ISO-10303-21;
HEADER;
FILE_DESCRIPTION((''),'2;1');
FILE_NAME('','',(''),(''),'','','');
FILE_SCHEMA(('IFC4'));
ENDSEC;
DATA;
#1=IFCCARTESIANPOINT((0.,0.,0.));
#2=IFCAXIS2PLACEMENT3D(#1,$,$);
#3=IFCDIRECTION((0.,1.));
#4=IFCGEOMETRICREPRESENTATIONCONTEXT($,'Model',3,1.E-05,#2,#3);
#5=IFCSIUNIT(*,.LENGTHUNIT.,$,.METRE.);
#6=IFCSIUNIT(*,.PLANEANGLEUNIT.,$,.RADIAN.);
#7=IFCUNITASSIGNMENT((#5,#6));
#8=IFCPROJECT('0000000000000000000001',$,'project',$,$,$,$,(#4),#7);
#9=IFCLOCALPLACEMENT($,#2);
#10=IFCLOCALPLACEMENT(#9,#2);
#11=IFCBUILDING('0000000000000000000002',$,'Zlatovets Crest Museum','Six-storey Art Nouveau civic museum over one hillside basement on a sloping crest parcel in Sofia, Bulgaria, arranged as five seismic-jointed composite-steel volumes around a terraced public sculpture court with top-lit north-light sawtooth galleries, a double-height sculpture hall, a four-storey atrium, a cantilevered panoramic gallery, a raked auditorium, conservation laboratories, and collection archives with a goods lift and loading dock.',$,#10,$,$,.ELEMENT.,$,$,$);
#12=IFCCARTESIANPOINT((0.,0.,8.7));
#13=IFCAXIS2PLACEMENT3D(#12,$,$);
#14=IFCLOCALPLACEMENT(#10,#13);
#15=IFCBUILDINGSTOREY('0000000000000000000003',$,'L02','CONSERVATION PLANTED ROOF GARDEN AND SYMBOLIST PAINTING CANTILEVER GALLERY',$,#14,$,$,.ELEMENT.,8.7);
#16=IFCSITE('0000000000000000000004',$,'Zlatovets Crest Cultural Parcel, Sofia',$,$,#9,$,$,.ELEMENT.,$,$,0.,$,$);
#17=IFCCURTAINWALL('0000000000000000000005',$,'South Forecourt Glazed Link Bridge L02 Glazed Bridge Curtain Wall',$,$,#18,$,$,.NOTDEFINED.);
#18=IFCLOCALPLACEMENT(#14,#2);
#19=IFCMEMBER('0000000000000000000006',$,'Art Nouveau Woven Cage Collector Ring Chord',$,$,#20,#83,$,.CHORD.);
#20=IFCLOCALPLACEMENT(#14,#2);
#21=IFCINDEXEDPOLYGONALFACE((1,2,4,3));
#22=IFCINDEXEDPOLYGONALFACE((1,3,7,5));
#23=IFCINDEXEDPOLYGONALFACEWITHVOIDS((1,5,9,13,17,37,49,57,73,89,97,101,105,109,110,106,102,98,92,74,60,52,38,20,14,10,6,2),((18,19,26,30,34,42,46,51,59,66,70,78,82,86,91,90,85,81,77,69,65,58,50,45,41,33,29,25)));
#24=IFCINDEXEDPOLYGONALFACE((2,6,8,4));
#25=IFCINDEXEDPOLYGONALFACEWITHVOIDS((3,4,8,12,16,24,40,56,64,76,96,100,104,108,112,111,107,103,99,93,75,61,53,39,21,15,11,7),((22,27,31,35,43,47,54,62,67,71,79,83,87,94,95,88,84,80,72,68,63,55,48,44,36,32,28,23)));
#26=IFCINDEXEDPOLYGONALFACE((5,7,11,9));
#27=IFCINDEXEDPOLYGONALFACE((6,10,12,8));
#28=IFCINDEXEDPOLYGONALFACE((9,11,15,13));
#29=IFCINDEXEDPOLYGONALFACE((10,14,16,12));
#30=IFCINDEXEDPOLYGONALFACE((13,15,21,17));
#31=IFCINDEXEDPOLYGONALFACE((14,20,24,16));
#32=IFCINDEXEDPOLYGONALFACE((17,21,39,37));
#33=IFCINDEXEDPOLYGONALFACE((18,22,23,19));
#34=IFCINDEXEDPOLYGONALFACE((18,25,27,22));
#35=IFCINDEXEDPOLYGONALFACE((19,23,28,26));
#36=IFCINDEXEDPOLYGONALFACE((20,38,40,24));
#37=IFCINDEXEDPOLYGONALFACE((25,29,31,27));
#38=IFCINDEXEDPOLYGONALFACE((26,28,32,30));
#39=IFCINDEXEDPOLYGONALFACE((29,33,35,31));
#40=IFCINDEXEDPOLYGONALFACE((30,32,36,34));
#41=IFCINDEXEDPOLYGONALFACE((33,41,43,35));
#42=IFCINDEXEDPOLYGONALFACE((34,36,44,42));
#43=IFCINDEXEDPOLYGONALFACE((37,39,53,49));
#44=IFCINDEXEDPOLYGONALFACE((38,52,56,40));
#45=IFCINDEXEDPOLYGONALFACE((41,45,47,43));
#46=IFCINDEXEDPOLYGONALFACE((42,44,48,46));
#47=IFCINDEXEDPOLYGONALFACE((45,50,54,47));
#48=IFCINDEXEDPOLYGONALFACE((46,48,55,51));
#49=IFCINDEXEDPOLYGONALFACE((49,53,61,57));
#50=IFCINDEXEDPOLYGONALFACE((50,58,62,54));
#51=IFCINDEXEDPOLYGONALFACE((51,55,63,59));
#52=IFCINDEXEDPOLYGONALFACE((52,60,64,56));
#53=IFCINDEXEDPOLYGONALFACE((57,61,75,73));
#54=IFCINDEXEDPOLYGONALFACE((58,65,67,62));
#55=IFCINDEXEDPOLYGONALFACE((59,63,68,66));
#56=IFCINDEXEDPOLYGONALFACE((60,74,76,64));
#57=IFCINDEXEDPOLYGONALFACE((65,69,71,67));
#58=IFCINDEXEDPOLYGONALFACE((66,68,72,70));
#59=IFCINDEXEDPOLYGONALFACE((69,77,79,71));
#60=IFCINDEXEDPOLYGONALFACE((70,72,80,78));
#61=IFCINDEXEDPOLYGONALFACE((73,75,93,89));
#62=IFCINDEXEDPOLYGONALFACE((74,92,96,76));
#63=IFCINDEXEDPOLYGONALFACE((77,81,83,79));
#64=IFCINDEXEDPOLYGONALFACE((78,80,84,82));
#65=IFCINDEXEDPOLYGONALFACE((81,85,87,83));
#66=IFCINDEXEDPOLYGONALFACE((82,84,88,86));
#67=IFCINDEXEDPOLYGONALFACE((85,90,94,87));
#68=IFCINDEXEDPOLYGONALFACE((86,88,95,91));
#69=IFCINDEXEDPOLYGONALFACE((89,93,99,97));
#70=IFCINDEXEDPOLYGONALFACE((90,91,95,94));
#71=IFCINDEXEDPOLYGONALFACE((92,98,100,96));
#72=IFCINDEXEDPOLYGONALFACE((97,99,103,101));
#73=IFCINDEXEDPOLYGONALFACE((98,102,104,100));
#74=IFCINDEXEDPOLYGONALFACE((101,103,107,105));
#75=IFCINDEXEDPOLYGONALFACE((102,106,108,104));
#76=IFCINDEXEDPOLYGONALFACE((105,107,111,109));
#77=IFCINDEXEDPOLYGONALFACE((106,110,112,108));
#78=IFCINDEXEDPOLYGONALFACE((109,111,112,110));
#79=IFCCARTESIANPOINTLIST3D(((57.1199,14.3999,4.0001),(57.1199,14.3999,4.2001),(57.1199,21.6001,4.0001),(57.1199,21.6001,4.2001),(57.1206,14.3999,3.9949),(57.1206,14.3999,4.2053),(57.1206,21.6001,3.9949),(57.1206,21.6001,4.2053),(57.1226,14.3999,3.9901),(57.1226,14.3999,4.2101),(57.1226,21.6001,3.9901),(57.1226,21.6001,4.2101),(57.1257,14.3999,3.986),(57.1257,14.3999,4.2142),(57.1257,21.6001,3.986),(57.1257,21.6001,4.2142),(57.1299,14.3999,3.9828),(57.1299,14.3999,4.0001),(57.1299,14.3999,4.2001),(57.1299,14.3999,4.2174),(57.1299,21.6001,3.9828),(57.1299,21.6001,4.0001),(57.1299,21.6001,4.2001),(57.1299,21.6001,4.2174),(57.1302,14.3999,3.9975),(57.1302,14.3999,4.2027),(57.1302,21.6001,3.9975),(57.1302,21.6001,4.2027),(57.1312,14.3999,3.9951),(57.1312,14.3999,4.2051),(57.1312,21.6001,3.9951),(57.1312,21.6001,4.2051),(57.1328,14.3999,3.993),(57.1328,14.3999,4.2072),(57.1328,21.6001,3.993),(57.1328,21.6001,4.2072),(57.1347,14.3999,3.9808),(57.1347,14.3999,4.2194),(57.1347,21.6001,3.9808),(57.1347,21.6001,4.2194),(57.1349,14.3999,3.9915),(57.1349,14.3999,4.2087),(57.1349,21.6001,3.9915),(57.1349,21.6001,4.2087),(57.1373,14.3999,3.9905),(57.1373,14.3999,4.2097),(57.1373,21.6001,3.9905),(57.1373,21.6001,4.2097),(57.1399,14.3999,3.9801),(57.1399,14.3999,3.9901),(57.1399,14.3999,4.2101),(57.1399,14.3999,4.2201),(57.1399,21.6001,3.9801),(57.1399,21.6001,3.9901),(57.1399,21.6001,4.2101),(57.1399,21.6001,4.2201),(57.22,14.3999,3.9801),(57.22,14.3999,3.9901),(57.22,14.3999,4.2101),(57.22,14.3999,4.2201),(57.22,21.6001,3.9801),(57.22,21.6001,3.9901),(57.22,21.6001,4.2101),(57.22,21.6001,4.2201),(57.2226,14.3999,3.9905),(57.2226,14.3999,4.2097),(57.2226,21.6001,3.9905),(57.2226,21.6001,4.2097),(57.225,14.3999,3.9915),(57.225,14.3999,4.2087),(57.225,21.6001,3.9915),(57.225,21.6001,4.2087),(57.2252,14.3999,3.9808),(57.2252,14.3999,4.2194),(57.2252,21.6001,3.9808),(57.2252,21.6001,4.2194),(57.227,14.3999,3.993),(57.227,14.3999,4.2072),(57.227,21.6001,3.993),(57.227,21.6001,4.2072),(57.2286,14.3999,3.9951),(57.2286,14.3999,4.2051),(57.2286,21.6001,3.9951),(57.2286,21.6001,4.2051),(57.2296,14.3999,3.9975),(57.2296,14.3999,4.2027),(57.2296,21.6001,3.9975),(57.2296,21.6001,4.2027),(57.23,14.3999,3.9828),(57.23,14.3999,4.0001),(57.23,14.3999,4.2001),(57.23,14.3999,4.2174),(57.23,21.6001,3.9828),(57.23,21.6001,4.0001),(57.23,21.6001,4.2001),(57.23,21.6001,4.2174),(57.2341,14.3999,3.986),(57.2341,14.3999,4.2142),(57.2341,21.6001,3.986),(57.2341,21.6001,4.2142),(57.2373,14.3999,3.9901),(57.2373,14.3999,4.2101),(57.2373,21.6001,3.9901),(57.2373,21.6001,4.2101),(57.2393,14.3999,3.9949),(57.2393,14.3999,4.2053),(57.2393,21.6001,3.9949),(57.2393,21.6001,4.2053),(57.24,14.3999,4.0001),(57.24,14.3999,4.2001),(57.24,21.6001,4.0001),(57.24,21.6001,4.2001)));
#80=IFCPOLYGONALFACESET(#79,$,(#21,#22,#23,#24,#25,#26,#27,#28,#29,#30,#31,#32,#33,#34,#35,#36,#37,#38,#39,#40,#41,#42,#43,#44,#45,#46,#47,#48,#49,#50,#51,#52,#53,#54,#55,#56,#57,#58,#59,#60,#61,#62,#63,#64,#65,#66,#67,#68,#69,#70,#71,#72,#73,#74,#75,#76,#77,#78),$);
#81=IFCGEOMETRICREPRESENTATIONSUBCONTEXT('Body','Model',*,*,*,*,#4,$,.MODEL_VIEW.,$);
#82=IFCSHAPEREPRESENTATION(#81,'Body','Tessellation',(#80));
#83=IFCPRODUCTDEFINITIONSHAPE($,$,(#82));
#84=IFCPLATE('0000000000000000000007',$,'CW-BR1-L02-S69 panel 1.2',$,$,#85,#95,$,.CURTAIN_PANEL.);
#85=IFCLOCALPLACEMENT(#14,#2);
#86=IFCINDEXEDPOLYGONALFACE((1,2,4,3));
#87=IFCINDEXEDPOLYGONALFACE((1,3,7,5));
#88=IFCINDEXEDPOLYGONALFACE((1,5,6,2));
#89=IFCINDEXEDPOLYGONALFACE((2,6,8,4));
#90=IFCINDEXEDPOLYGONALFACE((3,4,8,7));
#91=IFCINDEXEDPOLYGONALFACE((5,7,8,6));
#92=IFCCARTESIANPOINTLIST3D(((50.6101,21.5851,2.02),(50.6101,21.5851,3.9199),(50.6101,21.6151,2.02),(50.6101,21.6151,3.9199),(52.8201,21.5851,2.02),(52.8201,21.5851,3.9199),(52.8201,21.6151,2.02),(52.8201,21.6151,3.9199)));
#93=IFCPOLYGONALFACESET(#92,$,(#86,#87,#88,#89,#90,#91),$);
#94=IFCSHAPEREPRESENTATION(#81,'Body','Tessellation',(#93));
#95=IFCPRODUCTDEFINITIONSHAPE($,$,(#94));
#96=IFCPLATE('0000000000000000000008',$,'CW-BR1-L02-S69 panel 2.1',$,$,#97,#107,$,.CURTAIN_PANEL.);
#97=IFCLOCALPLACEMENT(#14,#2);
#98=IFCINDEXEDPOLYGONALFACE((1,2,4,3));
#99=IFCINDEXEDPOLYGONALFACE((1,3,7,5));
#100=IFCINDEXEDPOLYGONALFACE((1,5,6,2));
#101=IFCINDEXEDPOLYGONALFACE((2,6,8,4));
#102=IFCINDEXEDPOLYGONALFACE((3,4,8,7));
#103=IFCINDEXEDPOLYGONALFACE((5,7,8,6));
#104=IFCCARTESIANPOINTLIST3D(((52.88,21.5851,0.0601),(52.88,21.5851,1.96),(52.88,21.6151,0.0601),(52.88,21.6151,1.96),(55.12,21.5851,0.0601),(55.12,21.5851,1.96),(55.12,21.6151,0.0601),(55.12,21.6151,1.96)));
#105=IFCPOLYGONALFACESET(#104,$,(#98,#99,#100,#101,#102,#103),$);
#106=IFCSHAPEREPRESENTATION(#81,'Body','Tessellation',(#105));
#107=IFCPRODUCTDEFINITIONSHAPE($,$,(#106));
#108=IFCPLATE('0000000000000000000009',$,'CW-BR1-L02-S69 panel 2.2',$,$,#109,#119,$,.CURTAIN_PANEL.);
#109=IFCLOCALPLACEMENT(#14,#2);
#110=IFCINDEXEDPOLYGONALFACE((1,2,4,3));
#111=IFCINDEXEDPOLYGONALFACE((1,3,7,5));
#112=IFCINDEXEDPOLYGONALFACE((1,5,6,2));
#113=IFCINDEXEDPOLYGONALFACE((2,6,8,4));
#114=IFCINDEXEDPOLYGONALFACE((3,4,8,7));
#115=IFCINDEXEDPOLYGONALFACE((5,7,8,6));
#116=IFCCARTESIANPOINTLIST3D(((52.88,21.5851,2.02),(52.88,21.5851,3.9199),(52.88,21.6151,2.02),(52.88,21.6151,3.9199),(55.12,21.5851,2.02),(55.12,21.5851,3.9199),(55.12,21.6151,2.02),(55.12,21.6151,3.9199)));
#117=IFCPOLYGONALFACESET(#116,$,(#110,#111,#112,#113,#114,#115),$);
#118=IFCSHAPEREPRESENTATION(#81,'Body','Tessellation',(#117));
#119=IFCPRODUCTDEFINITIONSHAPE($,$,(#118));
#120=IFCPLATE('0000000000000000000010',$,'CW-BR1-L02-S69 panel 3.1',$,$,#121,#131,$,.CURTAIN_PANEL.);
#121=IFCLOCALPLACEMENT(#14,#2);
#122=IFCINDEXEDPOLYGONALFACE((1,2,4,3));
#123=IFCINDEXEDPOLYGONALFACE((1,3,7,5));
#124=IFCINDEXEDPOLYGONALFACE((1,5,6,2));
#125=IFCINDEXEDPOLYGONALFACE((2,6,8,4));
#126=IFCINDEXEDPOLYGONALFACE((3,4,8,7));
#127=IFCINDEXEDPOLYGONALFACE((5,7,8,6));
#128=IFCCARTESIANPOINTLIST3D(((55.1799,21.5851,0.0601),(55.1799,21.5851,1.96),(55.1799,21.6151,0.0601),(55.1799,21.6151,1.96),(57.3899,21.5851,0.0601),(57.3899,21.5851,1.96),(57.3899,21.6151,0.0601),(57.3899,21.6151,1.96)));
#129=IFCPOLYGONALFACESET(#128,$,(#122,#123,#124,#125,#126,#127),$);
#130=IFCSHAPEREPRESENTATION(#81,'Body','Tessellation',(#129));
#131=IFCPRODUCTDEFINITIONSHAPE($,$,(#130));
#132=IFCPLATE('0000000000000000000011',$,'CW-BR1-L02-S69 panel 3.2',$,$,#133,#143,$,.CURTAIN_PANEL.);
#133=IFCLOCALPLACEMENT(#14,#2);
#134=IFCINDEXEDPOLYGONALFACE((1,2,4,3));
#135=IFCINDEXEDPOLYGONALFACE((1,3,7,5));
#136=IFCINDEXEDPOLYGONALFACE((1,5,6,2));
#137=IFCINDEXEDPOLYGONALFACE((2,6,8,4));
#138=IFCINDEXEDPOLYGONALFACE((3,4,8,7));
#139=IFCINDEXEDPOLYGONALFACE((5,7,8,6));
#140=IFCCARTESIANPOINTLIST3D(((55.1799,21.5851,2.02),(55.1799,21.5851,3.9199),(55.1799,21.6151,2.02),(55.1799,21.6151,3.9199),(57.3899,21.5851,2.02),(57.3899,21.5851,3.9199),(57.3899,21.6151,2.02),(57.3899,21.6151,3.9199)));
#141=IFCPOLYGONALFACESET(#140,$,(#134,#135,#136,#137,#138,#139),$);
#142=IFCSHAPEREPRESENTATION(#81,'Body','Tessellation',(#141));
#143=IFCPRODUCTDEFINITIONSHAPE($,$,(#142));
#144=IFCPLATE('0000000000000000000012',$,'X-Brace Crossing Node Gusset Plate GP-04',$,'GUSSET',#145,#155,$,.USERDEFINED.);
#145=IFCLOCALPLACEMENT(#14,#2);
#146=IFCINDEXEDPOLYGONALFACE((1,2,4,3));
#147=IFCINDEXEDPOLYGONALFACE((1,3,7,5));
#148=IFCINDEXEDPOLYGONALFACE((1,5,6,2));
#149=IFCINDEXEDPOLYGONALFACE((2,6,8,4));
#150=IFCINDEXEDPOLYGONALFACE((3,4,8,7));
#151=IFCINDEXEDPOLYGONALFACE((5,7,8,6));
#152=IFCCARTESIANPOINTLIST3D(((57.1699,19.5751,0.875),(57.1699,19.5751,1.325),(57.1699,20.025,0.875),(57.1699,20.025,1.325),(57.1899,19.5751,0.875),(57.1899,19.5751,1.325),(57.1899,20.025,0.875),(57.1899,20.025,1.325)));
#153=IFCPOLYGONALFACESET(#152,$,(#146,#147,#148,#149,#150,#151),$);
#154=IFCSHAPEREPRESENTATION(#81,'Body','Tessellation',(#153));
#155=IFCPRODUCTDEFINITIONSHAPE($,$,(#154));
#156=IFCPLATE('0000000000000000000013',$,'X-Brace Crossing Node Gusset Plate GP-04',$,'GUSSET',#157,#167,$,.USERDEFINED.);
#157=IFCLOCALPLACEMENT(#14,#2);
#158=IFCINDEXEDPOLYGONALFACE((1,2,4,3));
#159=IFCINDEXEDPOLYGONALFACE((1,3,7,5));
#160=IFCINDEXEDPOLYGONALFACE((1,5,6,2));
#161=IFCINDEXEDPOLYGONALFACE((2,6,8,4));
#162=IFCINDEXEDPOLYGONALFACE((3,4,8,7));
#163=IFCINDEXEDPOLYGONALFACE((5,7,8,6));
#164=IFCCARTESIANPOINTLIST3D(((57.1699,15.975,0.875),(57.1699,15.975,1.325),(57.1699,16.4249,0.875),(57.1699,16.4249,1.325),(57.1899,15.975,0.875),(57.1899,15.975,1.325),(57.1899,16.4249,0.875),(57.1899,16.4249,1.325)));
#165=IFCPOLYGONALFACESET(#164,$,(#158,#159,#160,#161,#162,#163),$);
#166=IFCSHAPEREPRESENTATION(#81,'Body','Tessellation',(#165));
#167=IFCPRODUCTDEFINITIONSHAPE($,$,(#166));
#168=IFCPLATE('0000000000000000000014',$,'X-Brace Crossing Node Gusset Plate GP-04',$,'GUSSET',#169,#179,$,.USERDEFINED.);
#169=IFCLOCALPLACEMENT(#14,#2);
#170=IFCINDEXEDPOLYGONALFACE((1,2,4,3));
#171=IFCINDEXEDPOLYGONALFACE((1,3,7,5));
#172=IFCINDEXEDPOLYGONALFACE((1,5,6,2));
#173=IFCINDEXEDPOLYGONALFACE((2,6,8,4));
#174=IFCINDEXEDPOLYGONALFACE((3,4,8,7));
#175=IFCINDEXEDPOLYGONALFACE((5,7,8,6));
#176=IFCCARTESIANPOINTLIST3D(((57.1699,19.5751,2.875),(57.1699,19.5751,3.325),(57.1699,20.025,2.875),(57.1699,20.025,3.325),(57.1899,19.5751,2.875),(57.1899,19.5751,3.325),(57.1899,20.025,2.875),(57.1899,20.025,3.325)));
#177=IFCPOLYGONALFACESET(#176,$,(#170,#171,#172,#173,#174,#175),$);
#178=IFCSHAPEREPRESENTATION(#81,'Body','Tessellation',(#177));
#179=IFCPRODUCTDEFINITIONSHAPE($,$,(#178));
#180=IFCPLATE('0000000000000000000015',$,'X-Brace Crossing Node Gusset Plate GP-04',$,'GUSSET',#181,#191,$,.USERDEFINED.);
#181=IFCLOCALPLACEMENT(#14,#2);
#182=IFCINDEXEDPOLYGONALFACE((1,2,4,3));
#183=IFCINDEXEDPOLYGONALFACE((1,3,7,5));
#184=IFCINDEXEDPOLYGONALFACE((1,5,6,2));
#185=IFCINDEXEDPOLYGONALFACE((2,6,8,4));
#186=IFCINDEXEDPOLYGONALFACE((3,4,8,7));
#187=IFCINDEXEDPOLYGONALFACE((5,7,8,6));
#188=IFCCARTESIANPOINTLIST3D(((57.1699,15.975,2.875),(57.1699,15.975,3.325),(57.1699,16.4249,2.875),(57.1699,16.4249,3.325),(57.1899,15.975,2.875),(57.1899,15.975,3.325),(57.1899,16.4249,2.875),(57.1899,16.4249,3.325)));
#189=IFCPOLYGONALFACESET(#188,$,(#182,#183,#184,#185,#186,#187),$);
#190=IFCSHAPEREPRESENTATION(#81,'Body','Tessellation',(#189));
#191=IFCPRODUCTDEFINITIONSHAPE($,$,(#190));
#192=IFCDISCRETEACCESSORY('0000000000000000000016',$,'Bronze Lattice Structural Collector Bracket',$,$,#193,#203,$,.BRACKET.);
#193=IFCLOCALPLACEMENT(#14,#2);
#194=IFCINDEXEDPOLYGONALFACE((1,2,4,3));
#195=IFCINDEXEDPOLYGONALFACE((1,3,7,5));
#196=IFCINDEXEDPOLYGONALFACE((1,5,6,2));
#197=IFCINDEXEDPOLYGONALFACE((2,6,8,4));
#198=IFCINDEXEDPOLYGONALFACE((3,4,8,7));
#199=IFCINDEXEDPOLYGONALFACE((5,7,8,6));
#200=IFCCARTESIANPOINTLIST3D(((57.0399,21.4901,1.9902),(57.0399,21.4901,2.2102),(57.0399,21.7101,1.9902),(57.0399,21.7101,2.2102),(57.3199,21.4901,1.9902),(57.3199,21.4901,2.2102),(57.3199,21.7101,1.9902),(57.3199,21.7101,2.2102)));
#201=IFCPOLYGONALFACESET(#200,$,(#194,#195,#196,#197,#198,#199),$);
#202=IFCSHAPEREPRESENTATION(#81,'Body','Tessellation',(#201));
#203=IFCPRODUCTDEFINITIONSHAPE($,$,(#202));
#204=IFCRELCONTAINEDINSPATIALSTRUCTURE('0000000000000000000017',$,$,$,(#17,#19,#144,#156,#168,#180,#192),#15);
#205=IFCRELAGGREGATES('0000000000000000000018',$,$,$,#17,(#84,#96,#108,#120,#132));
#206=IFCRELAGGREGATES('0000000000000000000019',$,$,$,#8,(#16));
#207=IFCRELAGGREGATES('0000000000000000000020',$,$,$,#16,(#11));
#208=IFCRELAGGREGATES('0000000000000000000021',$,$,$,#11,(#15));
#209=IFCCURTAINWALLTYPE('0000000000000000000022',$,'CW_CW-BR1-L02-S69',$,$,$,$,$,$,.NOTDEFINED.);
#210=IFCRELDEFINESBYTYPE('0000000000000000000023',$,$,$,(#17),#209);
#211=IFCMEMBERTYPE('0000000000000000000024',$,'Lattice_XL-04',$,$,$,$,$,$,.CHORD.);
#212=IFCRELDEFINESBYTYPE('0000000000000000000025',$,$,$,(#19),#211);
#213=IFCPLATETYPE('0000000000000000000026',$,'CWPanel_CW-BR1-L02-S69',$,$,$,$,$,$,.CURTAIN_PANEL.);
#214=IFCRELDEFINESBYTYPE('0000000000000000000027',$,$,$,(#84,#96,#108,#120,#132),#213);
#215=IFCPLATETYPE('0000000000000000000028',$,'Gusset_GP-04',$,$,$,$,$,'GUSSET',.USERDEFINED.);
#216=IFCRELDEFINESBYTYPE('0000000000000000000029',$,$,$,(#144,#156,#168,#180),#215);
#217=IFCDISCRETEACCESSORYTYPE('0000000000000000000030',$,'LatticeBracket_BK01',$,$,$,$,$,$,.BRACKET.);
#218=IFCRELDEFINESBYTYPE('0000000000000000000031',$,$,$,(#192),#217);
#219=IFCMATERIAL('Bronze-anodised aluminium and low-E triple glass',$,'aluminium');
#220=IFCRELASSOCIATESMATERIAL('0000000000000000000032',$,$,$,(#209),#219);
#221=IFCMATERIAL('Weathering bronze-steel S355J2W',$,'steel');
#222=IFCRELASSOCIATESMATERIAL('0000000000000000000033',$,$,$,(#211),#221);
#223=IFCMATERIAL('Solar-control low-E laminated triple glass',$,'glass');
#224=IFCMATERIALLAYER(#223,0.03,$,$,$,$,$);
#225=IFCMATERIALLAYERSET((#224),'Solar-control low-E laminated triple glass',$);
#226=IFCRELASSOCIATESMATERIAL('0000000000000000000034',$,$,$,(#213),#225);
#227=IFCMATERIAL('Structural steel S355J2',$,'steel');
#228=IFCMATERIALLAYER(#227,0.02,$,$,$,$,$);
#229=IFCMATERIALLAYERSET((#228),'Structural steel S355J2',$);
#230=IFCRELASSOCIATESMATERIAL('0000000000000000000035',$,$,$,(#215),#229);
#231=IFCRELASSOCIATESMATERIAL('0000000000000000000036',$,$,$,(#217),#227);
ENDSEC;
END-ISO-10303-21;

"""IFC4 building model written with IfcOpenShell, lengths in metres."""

from ifc_helpers import new_model, si_unit, direction, frame, origin, origin_2d, place, context, subcontext, project, spatial, rectangle, hollow_rectangle, extrude, material, layer, layer_set, material_profile, profile_set, type_object, element, aggregate, save


model = new_model("IFC4")

# Units and contexts
model_context = context("Model", 3, precision=1e-05, world=origin(), true_north=direction((0.0, 1.0)))
body_context = subcontext(model_context, "Body", "Model", "MODEL_VIEW")
ifc_project = project(units=[si_unit("LENGTHUNIT", "METRE"), si_unit("PLANEANGLEUNIT", "RADIAN")], contexts=[model_context])

# Site, building, storey
site_placement = place(None, origin())
site = spatial("IfcSite", under=ifc_project, at=site_placement, Name="Zlatovets Crest Cultural Parcel, Sofia", CompositionType="ELEMENT", RefElevation=0.0)
building_placement = place(site_placement, origin())
building = spatial("IfcBuilding", under=site, at=building_placement, Name="Zlatovets Crest Museum", Description="Six-storey Art Nouveau civic museum over one hillside basement on a sloping crest parcel in Sofia, Bulgaria, arranged as five seismic-jointed composite-steel volumes around a terraced public sculpture court with top-lit north-light sawtooth galleries, a double-height sculpture hall, a four-storey atrium, a cantilevered panoramic gallery, a raked auditorium, conservation laboratories, and collection archives with a goods lift and loading dock.", CompositionType="ELEMENT")
storey_placement = place(building_placement, frame((0.0, 0.0, 8.7)))
storey = spatial("IfcBuildingStorey", under=building, at=storey_placement, Name="L02", Description="CONSERVATION PLANTED ROOF GARDEN AND SYMBOLIST PAINTING CANTILEVER GALLERY", CompositionType="ELEMENT", Elevation=8.7)

# Curtain wall
ifc_material_1 = material(Name="Bronze-anodised aluminium and low-E triple glass", Category="aluminium")
curtain_wall_type_1 = type_object("IfcCurtainWallType", Name="CW_CW-BR1-L02-S69", PredefinedType="NOTDEFINED", material=ifc_material_1)
curtain_wall_1_placement = place(storey_placement, origin())
curtain_wall_1 = element("IfcCurtainWall", 1, at=curtain_wall_1_placement, inside=storey, type_object=curtain_wall_type_1, Name="South Forecourt Glazed Link Bridge L02 Glazed Bridge Curtain Wall", PredefinedType="NOTDEFINED")

# Member
ifc_material_2 = material(Name="Weathering bronze-steel S355J2W", Category="steel")
ifc_material_profile_1 = material_profile(ifc_material_2, hollow_rectangle(XDim=0.1201, YDim=0.24, WallThickness=0.01, InnerFilletRadius=0.01, OuterFilletRadius=0.02, at=origin_2d()), Name="RHS 120x240x10.0")
ifc_profile_set_1 = profile_set([ifc_material_profile_1], Name="Weathering bronze-steel S355J2W")
member_type_1 = type_object("IfcMemberType", Name="Lattice_XL-04", PredefinedType="CHORD", material=ifc_profile_set_1)
member_1_placement = place(storey_placement, frame((57.1799, 21.6001, 4.1001), z_axis=(0.0, -1.0, 0.0), x_axis=(1.0, 0.0, 0.0)))
element("IfcMember", 2, at=member_1_placement, inside=storey, type_object=member_type_1, Name="Art Nouveau Woven Cage Collector Ring Chord", PredefinedType="CHORD", context=body_context, shape_type="SweptSolid", body=[
    extrude(hollow_rectangle(XDim=0.1201, YDim=0.24, WallThickness=0.01, InnerFilletRadius=0.01, OuterFilletRadius=0.02, at=origin_2d()), origin(), (0.0, 0.0, 1.0), 7.2002),
])

# Plates
ifc_material_3 = material(Name="Solar-control low-E laminated triple glass", Category="glass")
ifc_layer_1 = layer(ifc_material_3, 0.03)
ifc_layer_set_1 = layer_set([ifc_layer_1], Name="Solar-control low-E laminated triple glass")
plate_type_1 = type_object("IfcPlateType", Name="CWPanel_CW-BR1-L02-S69", PredefinedType="CURTAIN_PANEL", material=ifc_layer_set_1)
plate_1_placement = place(storey_placement, frame((51.7151, 21.6001, 2.02), z_axis=(0.0, 0.0, 1.0), x_axis=(1.0, 0.0, 0.0)))
plate_1 = element("IfcPlate", 3, at=plate_1_placement, type_object=plate_type_1, Name="CW-BR1-L02-S69 panel 1.2", PredefinedType="CURTAIN_PANEL", context=body_context, shape_type="SweptSolid", body=[
    extrude(rectangle(XDim=2.21, YDim=0.03, at=origin_2d()), origin(), (0.0, 0.0, 1.0), 1.8999),
])
plate_2_placement = place(storey_placement, frame((54.0, 21.6001, 0.0601), z_axis=(0.0, 0.0, 1.0), x_axis=(1.0, 0.0, 0.0)))
plate_2 = element("IfcPlate", 4, at=plate_2_placement, type_object=plate_type_1, Name="CW-BR1-L02-S69 panel 2.1", PredefinedType="CURTAIN_PANEL", context=body_context, shape_type="SweptSolid", body=[
    extrude(rectangle(XDim=2.24, YDim=0.03, at=origin_2d()), origin(), (0.0, 0.0, 1.0), 1.8999),
])
plate_3_placement = place(storey_placement, frame((54.0, 21.6001, 2.02), z_axis=(0.0, 0.0, 1.0), x_axis=(1.0, 0.0, 0.0)))
plate_3 = element("IfcPlate", 5, at=plate_3_placement, type_object=plate_type_1, Name="CW-BR1-L02-S69 panel 2.2", PredefinedType="CURTAIN_PANEL", context=body_context, shape_type="SweptSolid", body=[
    extrude(rectangle(XDim=2.24, YDim=0.03, at=origin_2d()), origin(), (0.0, 0.0, 1.0), 1.8999),
])
plate_4_placement = place(storey_placement, frame((56.2849, 21.6001, 0.0601), z_axis=(0.0, 0.0, 1.0), x_axis=(1.0, 0.0, 0.0)))
plate_4 = element("IfcPlate", 6, at=plate_4_placement, type_object=plate_type_1, Name="CW-BR1-L02-S69 panel 3.1", PredefinedType="CURTAIN_PANEL", context=body_context, shape_type="SweptSolid", body=[
    extrude(rectangle(XDim=2.21, YDim=0.03, at=origin_2d()), origin(), (0.0, 0.0, 1.0), 1.8999),
])
plate_5_placement = place(storey_placement, frame((56.2849, 21.6001, 2.02), z_axis=(0.0, 0.0, 1.0), x_axis=(1.0, 0.0, 0.0)))
plate_5 = element("IfcPlate", 7, at=plate_5_placement, type_object=plate_type_1, Name="CW-BR1-L02-S69 panel 3.2", PredefinedType="CURTAIN_PANEL", context=body_context, shape_type="SweptSolid", body=[
    extrude(rectangle(XDim=2.21, YDim=0.03, at=origin_2d()), origin(), (0.0, 0.0, 1.0), 1.8999),
])
aggregate(curtain_wall_1, [plate_1, plate_2, plate_3, plate_4, plate_5])

# Plates
ifc_material_4 = material(Name="Structural steel S355J2", Category="steel")
ifc_layer_2 = layer(ifc_material_4, 0.02)
ifc_layer_set_2 = layer_set([ifc_layer_2], Name="Structural steel S355J2")
plate_type_2 = type_object("IfcPlateType", Name="Gusset_GP-04", ElementType="GUSSET", PredefinedType="USERDEFINED", material=ifc_layer_set_2)
for number, where, z_axis, x_axis, name in (
    (8, (57.1799, 19.8, 0.875), (0.0, 0.0, 1.0), (1.0, 0.0, 0.0), "X-Brace Crossing Node Gusset Plate GP-04"),
    (9, (57.1799, 16.2, 0.875), (0.0, 0.0, 1.0), (1.0, 0.0, 0.0), "X-Brace Crossing Node Gusset Plate GP-04"),
    (10, (57.1799, 19.8, 2.875), (0.0, 0.0, 1.0), (1.0, 0.0, 0.0), "X-Brace Crossing Node Gusset Plate GP-04"),
    (11, (57.1799, 16.2, 2.875), (0.0, 0.0, 1.0), (1.0, 0.0, 0.0), "X-Brace Crossing Node Gusset Plate GP-04"),
):
    element("IfcPlate", number, at=place(storey_placement, frame(where, z_axis=z_axis, x_axis=x_axis)), inside=storey, type_object=plate_type_2, Name=name, ObjectType="GUSSET", PredefinedType="USERDEFINED", context=body_context, shape_type="SweptSolid", body=[
        extrude(rectangle(XDim=0.02, YDim=0.45, at=origin_2d()), origin(), (0.0, 0.0, 1.0), 0.45),
    ])

# Discrete accessory
discrete_accessory_type = type_object("IfcDiscreteAccessoryType", Name="LatticeBracket_BK01", PredefinedType="BRACKET", material=ifc_material_4)
discrete_accessory_placement = place(storey_placement, frame((57.1799, 21.6001, 1.9902), z_axis=(0.0, 0.0, 1.0), x_axis=(1.0, 0.0, 0.0)))
element("IfcDiscreteAccessory", 12, at=discrete_accessory_placement, inside=storey, type_object=discrete_accessory_type, Name="Bronze Lattice Structural Collector Bracket", PredefinedType="BRACKET", context=body_context, shape_type="SweptSolid", body=[
    extrude(rectangle(XDim=0.28, YDim=0.22, at=origin_2d()), origin(), (0.0, 0.0, 1.0), 0.22),
])

save(model, "model.ifc")
